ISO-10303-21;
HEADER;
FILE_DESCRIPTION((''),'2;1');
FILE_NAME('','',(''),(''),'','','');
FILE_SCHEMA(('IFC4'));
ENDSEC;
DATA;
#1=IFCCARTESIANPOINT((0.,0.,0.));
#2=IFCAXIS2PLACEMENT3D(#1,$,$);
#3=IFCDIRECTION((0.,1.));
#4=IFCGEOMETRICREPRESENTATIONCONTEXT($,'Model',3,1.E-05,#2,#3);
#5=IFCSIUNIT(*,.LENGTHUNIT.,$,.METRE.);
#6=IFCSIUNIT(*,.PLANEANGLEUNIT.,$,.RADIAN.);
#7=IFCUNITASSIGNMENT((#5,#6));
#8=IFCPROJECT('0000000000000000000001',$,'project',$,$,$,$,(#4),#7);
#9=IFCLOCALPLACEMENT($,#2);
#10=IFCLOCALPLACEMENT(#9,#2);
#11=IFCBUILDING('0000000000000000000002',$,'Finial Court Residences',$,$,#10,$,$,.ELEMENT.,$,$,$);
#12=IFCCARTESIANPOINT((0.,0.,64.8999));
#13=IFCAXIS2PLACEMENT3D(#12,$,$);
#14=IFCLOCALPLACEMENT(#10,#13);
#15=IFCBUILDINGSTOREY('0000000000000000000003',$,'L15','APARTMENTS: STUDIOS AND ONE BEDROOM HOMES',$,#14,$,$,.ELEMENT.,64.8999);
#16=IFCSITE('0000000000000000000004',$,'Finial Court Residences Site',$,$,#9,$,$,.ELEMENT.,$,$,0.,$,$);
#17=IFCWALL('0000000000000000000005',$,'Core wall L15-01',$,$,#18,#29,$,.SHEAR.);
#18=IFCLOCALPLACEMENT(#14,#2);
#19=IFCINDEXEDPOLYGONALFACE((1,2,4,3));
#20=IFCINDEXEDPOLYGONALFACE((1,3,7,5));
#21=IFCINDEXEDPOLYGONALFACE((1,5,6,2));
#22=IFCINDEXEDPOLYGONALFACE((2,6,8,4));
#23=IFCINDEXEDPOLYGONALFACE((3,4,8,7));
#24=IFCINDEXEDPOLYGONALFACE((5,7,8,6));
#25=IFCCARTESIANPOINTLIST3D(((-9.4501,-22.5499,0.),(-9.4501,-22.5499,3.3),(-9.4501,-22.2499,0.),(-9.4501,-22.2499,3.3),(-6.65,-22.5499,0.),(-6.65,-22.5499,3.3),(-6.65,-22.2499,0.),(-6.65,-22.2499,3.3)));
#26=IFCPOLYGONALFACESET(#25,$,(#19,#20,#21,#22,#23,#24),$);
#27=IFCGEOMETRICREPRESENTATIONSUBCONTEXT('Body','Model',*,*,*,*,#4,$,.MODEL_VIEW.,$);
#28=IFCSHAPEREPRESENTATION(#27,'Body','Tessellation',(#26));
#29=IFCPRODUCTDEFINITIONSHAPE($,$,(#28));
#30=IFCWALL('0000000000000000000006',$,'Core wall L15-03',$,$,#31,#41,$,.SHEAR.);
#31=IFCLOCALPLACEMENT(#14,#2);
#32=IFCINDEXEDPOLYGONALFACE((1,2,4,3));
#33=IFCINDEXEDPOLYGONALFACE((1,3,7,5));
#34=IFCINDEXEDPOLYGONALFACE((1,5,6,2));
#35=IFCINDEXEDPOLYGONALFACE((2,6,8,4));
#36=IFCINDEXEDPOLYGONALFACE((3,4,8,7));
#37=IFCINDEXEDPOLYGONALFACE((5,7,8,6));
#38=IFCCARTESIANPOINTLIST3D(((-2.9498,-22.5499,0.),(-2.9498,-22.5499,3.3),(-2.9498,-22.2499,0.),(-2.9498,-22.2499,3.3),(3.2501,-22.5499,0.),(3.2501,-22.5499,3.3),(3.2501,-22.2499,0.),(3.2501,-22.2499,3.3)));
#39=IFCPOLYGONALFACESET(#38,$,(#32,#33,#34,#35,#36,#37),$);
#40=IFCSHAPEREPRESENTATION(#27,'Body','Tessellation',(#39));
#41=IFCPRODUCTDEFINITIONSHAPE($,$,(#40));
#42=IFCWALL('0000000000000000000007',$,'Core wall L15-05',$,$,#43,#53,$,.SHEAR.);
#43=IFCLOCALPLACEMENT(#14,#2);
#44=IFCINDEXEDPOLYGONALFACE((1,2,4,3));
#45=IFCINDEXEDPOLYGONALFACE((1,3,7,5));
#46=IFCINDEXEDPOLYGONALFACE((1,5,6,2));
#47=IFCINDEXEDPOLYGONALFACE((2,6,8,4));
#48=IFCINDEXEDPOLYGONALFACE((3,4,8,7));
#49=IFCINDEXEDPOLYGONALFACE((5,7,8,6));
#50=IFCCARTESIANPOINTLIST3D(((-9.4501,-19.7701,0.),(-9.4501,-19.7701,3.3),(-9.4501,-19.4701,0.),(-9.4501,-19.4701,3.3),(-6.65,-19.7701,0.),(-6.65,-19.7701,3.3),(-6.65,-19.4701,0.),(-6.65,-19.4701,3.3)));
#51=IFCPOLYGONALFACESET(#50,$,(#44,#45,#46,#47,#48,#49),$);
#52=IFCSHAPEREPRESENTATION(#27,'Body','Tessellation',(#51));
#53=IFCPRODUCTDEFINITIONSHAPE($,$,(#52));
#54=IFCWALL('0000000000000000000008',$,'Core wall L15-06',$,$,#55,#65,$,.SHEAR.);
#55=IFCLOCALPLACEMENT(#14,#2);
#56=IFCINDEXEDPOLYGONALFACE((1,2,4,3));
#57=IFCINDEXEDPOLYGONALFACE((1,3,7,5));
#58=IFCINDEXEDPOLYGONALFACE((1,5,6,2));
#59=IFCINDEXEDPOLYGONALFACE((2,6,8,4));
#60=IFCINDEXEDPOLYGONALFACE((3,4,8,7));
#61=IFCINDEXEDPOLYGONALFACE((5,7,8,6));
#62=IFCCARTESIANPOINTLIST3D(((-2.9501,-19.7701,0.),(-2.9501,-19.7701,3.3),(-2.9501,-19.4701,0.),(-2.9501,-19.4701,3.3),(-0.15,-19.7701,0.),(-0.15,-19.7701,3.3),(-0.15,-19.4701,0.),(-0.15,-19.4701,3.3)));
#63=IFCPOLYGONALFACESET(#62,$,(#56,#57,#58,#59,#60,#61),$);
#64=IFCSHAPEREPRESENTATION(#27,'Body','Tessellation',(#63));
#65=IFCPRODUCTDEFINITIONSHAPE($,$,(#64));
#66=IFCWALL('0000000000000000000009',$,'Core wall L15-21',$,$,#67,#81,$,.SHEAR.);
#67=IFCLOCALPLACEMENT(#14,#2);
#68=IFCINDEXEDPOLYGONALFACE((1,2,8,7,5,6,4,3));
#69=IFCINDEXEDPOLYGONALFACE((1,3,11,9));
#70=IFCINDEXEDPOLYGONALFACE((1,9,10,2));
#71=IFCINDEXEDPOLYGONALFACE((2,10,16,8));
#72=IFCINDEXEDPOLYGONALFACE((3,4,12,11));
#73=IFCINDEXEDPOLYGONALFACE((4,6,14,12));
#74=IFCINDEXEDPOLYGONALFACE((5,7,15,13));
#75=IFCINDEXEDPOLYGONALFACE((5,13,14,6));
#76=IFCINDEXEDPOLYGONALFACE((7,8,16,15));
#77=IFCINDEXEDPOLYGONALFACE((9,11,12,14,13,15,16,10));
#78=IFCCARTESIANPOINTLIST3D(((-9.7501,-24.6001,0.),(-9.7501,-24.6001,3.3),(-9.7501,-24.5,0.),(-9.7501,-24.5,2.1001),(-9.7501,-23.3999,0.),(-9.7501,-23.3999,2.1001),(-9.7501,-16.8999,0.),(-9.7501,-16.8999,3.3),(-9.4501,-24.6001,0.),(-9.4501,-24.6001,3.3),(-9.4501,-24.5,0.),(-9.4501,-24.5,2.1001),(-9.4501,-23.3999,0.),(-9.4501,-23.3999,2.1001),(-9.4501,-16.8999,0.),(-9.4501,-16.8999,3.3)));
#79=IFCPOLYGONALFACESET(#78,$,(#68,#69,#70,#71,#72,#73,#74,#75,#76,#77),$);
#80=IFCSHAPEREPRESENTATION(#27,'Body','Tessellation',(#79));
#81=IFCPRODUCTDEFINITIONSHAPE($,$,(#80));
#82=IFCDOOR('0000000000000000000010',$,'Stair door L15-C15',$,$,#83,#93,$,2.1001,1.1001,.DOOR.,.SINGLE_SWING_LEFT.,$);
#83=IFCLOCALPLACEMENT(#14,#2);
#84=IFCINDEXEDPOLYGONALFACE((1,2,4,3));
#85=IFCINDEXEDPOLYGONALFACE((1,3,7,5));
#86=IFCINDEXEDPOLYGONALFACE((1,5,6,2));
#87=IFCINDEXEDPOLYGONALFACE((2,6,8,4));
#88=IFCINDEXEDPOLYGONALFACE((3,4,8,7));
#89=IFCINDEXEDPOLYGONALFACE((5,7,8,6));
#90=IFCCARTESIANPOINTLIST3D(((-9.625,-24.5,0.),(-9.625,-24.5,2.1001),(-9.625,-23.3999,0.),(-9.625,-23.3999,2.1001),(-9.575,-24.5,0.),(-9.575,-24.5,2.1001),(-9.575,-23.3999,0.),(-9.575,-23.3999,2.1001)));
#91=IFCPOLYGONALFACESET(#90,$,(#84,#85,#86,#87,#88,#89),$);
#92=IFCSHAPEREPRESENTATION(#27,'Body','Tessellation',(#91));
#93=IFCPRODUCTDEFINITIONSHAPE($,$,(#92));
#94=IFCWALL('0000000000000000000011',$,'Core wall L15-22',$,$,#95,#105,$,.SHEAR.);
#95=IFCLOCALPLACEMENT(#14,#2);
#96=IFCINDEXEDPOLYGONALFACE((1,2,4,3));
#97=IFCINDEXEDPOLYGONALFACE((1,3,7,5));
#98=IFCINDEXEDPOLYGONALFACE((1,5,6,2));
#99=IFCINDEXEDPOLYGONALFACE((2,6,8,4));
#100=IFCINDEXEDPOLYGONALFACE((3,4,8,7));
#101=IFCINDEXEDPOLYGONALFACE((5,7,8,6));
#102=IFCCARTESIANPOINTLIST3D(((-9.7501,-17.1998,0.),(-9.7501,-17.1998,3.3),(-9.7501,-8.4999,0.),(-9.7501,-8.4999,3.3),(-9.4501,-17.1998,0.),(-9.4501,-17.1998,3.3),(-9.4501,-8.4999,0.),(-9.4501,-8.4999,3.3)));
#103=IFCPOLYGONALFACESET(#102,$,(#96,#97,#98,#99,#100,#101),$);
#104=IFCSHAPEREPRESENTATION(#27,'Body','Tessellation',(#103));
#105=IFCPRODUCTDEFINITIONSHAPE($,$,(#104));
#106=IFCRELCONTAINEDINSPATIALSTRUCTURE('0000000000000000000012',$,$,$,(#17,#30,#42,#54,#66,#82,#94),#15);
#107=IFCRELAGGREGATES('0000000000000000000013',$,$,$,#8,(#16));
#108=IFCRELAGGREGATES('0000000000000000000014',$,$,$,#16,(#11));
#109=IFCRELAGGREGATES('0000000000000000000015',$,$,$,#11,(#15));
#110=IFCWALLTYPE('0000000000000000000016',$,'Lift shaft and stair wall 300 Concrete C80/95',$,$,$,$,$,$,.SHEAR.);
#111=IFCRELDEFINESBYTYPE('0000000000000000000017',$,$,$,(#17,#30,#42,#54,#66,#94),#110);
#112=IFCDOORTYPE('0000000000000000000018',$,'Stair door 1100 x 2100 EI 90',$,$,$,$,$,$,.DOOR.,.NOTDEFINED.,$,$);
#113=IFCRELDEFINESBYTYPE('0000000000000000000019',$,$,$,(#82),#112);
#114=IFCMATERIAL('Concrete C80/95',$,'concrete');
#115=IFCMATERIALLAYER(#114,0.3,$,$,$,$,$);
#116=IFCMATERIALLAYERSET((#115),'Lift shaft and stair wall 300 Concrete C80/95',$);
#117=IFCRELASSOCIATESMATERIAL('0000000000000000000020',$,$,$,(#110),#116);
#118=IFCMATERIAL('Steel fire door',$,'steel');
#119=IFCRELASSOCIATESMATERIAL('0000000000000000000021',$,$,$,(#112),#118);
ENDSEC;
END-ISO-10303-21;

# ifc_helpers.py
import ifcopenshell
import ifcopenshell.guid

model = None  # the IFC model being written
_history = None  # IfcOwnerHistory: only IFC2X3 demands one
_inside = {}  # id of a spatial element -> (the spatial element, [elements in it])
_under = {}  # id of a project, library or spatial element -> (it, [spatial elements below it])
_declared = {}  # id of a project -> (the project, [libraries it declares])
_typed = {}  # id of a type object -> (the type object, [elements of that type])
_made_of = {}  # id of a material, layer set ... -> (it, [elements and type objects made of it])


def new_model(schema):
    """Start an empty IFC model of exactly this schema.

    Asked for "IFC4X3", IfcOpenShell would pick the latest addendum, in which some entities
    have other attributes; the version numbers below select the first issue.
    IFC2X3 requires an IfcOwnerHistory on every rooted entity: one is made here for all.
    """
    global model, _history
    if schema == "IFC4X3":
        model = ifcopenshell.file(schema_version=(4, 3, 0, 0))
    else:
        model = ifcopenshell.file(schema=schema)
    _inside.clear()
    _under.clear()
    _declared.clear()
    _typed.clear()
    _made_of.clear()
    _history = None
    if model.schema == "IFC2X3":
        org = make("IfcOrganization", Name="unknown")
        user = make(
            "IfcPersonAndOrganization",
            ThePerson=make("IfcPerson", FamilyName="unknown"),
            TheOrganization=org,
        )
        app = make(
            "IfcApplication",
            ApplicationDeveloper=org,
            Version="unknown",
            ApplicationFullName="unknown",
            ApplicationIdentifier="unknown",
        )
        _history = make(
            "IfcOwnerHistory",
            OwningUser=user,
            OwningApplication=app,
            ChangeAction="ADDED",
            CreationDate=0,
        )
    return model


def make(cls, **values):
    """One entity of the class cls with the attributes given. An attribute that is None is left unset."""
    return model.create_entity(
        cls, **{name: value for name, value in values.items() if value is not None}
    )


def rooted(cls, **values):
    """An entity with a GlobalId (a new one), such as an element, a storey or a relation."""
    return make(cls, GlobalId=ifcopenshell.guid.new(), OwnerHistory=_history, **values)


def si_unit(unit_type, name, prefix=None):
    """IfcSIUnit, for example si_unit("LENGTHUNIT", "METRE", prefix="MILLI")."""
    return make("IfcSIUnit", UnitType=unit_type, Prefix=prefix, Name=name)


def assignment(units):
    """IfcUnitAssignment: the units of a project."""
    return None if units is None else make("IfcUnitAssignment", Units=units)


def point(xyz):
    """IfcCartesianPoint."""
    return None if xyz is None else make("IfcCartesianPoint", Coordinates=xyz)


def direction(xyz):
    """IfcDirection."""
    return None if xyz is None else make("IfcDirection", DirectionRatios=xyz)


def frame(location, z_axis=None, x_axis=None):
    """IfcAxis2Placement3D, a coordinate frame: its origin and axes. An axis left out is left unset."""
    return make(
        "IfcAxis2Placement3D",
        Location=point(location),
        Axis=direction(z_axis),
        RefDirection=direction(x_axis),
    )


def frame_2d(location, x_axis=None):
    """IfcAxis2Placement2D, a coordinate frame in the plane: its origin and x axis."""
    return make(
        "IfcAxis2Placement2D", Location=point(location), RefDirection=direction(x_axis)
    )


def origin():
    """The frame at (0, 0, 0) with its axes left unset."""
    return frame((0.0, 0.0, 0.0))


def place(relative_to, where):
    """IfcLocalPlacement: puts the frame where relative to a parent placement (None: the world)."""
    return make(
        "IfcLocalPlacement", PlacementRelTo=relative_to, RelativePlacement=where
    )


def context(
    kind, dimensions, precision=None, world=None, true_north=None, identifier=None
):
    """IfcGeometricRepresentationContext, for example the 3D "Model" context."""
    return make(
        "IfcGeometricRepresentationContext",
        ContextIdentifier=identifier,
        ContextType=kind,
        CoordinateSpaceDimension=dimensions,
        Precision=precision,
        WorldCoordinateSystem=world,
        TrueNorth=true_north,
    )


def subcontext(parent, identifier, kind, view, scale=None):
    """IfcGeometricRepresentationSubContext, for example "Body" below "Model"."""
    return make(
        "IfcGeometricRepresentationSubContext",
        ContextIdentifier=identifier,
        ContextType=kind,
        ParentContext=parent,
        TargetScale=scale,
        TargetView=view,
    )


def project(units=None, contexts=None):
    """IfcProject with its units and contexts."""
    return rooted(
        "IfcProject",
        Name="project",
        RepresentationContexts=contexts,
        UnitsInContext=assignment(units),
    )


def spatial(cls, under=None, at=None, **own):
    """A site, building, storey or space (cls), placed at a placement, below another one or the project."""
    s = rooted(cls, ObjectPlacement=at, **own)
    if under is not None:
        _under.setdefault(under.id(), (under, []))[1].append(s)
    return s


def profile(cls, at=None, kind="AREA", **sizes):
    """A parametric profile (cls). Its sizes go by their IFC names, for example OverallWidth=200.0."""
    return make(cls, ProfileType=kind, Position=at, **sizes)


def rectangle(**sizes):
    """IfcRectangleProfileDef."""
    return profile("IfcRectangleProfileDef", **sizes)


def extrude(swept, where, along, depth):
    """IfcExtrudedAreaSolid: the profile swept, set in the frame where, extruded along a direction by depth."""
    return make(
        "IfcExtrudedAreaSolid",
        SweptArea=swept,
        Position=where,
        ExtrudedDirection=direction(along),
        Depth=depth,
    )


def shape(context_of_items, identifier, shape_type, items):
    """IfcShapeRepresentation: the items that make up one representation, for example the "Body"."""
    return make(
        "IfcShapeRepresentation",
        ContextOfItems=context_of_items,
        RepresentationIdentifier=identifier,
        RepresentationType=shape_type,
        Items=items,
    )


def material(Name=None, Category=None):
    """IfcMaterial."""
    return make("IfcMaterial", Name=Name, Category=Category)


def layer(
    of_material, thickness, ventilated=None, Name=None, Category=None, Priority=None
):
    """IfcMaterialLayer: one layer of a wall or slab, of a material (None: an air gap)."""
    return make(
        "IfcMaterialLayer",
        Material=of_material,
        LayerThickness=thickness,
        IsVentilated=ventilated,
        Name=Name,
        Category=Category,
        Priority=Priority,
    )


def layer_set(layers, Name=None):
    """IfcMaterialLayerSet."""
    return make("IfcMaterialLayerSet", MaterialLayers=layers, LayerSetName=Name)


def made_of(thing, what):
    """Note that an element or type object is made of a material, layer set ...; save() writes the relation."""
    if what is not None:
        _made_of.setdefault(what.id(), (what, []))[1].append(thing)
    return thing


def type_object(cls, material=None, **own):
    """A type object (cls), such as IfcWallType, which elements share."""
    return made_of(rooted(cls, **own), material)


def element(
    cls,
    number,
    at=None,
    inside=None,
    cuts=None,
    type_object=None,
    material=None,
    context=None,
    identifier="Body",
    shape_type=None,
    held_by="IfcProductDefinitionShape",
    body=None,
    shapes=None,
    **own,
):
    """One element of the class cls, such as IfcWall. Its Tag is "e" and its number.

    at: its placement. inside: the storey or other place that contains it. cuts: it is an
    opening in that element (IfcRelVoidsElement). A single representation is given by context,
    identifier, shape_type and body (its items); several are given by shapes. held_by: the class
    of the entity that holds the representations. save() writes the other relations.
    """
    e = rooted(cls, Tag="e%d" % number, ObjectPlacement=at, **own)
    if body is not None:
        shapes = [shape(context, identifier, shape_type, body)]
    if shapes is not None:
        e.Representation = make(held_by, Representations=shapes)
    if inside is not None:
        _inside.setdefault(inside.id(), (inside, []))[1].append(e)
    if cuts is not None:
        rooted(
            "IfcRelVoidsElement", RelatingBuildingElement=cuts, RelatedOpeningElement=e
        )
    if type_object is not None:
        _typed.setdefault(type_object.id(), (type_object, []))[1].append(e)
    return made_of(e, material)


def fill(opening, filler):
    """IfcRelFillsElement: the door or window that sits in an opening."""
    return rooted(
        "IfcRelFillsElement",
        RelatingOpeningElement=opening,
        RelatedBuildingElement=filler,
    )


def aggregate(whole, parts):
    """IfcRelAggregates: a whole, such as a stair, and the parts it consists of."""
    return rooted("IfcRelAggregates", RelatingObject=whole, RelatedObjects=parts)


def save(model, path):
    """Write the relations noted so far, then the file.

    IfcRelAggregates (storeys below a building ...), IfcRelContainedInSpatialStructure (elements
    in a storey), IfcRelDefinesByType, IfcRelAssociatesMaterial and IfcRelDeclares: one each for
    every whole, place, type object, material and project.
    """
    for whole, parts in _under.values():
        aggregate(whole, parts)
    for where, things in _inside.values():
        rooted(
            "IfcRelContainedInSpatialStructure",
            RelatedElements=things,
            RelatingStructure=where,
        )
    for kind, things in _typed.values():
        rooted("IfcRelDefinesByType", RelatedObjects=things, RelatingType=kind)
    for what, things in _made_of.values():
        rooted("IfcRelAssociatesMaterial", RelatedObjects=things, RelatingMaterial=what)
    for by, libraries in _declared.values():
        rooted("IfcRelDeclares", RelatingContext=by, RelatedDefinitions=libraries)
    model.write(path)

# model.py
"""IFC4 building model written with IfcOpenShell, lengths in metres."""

from ifc_helpers import new_model, si_unit, direction, frame, frame_2d, origin, place, context, subcontext, project, spatial, rectangle, extrude, material, layer, layer_set, type_object, element, fill, save


model = new_model("IFC4")

# Units and contexts
model_context = context("Model", 3, precision=1e-05, world=origin(), true_north=direction((0.0, 1.0)))
body_context = subcontext(model_context, "Body", "Model", "MODEL_VIEW")
ifc_project = project(units=[si_unit("LENGTHUNIT", "METRE"), si_unit("PLANEANGLEUNIT", "RADIAN")], contexts=[model_context])

# Site, building, storey
site_placement = place(None, origin())
site = spatial("IfcSite", under=ifc_project, at=site_placement, Name="Finial Court Residences Site", CompositionType="ELEMENT", RefElevation=0.0)
building_placement = place(site_placement, origin())
building = spatial("IfcBuilding", under=site, at=building_placement, Name="Finial Court Residences", CompositionType="ELEMENT")
storey_placement = place(building_placement, frame((0.0, 0.0, 64.8999)))
storey = spatial("IfcBuildingStorey", under=building, at=storey_placement, Name="L15", Description="APARTMENTS: STUDIOS AND ONE BEDROOM HOMES", CompositionType="ELEMENT", Elevation=64.8999)

# Walls
ifc_material_1 = material(Name="Concrete C80/95", Category="concrete")
ifc_layer_1 = layer(ifc_material_1, 0.3)
ifc_layer_set_1 = layer_set([ifc_layer_1], Name="Lift shaft and stair wall 300 Concrete C80/95")
wall_type_1 = type_object("IfcWallType", Name="Lift shaft and stair wall 300 Concrete C80/95", PredefinedType="SHEAR", material=ifc_layer_set_1)
wall_1_placement = place(storey_placement, frame((-9.45, -22.3999, 0.0), z_axis=(0.0, 0.0, 1.0), x_axis=(1.0, 0.0, 0.0)))
element("IfcWall", 1, at=wall_1_placement, inside=storey, type_object=wall_type_1, Name="Core wall L15-01", PredefinedType="SHEAR", context=body_context, shape_type="SweptSolid", body=[
    extrude(rectangle(XDim=2.8, YDim=0.3, at=frame_2d((1.3999, 0.0))), origin(), (0.0, 0.0, 1.0), 3.3),
])
wall_2_placement = place(storey_placement, frame((-2.95, -22.3999, 0.0), z_axis=(0.0, 0.0, 1.0), x_axis=(1.0, 0.0, 0.0)))
element("IfcWall", 2, at=wall_2_placement, inside=storey, type_object=wall_type_1, Name="Core wall L15-03", PredefinedType="SHEAR", context=body_context, shape_type="SweptSolid", body=[
    extrude(rectangle(XDim=6.2, YDim=0.3, at=frame_2d((3.1001, 0.0))), origin(), (0.0, 0.0, 1.0), 3.3),
])
for number, where, z_axis, x_axis, name in (
    (3, (-9.45, -19.6201, 0.0), (0.0, 0.0, 1.0), (1.0, 0.0, 0.0), "Core wall L15-05"),
    (4, (-2.95, -19.6201, 0.0), (0.0, 0.0, 1.0), (1.0, 0.0, 0.0), "Core wall L15-06"),
):
    element("IfcWall", number, at=place(storey_placement, frame(where, z_axis=z_axis, x_axis=x_axis)), inside=storey, type_object=wall_type_1, Name=name, PredefinedType="SHEAR", context=body_context, shape_type="SweptSolid", body=[
        extrude(rectangle(XDim=2.8, YDim=0.3, at=frame_2d((1.3999, 0.0))), origin(), (0.0, 0.0, 1.0), 3.3),
    ])

# Wall, opening, door
wall_3_placement = place(storey_placement, frame((-9.6001, -24.6001, 0.0), z_axis=(0.0, 0.0, 1.0), x_axis=(0.0, 1.0, 0.0)))
wall_3 = element("IfcWall", 5, at=wall_3_placement, inside=storey, type_object=wall_type_1, Name="Core wall L15-21", PredefinedType="SHEAR", context=body_context, shape_type="SweptSolid", body=[
    extrude(rectangle(XDim=7.7002, YDim=0.3, at=frame_2d((3.8501, 0.0))), origin(), (0.0, 0.0, 1.0), 3.3),
])
opening_1_placement = place(wall_3_placement, frame((0.1001, 0.0, 0.0)))
opening_1 = element("IfcOpeningElement", 6, at=opening_1_placement, cuts=wall_3, PredefinedType="OPENING", context=body_context, shape_type="SweptSolid", body=[
    extrude(rectangle(XDim=1.1001, YDim=2.1001, at=frame_2d((0.55, 1.05))), frame((0.0, 0.1599, 0.0), z_axis=(0.0, -1.0, 0.0), x_axis=(1.0, 0.0, 0.0)), (0.0, 0.0, 1.0), 0.3201),
])
ifc_material_2 = material(Name="Steel fire door", Category="steel")
door_type_1 = type_object("IfcDoorType", Name="Stair door 1100 x 2100 EI 90", OperationType="NOTDEFINED", PredefinedType="DOOR", material=ifc_material_2)
door_1_placement = place(opening_1_placement, origin())
door_1 = element("IfcDoor", 7, at=door_1_placement, inside=storey, type_object=door_type_1, Name="Stair door L15-C15", OperationType="SINGLE_SWING_LEFT", OverallHeight=2.1001, OverallWidth=1.1001, PredefinedType="DOOR", context=body_context, shape_type="SweptSolid", body=[
    extrude(rectangle(XDim=1.1001, YDim=2.1001, at=frame_2d((0.55, 1.05))), frame((0.0, 0.0249, 0.0), z_axis=(0.0, -1.0, 0.0), x_axis=(1.0, 0.0, 0.0)), (0.0, 0.0, 1.0), 0.05),
])
fill(opening_1, door_1)

# Wall
wall_4_placement = place(storey_placement, frame((-9.6001, -17.2, 0.0), z_axis=(0.0, 0.0, 1.0), x_axis=(0.0, 1.0, 0.0)))
element("IfcWall", 8, at=wall_4_placement, inside=storey, type_object=wall_type_1, Name="Core wall L15-22", PredefinedType="SHEAR", context=body_context, shape_type="SweptSolid", body=[
    extrude(rectangle(XDim=8.7, YDim=0.3, at=frame_2d((4.3501, 0.0))), origin(), (0.0, 0.0, 1.0), 3.3),
])

save(model, "model.ifc")
